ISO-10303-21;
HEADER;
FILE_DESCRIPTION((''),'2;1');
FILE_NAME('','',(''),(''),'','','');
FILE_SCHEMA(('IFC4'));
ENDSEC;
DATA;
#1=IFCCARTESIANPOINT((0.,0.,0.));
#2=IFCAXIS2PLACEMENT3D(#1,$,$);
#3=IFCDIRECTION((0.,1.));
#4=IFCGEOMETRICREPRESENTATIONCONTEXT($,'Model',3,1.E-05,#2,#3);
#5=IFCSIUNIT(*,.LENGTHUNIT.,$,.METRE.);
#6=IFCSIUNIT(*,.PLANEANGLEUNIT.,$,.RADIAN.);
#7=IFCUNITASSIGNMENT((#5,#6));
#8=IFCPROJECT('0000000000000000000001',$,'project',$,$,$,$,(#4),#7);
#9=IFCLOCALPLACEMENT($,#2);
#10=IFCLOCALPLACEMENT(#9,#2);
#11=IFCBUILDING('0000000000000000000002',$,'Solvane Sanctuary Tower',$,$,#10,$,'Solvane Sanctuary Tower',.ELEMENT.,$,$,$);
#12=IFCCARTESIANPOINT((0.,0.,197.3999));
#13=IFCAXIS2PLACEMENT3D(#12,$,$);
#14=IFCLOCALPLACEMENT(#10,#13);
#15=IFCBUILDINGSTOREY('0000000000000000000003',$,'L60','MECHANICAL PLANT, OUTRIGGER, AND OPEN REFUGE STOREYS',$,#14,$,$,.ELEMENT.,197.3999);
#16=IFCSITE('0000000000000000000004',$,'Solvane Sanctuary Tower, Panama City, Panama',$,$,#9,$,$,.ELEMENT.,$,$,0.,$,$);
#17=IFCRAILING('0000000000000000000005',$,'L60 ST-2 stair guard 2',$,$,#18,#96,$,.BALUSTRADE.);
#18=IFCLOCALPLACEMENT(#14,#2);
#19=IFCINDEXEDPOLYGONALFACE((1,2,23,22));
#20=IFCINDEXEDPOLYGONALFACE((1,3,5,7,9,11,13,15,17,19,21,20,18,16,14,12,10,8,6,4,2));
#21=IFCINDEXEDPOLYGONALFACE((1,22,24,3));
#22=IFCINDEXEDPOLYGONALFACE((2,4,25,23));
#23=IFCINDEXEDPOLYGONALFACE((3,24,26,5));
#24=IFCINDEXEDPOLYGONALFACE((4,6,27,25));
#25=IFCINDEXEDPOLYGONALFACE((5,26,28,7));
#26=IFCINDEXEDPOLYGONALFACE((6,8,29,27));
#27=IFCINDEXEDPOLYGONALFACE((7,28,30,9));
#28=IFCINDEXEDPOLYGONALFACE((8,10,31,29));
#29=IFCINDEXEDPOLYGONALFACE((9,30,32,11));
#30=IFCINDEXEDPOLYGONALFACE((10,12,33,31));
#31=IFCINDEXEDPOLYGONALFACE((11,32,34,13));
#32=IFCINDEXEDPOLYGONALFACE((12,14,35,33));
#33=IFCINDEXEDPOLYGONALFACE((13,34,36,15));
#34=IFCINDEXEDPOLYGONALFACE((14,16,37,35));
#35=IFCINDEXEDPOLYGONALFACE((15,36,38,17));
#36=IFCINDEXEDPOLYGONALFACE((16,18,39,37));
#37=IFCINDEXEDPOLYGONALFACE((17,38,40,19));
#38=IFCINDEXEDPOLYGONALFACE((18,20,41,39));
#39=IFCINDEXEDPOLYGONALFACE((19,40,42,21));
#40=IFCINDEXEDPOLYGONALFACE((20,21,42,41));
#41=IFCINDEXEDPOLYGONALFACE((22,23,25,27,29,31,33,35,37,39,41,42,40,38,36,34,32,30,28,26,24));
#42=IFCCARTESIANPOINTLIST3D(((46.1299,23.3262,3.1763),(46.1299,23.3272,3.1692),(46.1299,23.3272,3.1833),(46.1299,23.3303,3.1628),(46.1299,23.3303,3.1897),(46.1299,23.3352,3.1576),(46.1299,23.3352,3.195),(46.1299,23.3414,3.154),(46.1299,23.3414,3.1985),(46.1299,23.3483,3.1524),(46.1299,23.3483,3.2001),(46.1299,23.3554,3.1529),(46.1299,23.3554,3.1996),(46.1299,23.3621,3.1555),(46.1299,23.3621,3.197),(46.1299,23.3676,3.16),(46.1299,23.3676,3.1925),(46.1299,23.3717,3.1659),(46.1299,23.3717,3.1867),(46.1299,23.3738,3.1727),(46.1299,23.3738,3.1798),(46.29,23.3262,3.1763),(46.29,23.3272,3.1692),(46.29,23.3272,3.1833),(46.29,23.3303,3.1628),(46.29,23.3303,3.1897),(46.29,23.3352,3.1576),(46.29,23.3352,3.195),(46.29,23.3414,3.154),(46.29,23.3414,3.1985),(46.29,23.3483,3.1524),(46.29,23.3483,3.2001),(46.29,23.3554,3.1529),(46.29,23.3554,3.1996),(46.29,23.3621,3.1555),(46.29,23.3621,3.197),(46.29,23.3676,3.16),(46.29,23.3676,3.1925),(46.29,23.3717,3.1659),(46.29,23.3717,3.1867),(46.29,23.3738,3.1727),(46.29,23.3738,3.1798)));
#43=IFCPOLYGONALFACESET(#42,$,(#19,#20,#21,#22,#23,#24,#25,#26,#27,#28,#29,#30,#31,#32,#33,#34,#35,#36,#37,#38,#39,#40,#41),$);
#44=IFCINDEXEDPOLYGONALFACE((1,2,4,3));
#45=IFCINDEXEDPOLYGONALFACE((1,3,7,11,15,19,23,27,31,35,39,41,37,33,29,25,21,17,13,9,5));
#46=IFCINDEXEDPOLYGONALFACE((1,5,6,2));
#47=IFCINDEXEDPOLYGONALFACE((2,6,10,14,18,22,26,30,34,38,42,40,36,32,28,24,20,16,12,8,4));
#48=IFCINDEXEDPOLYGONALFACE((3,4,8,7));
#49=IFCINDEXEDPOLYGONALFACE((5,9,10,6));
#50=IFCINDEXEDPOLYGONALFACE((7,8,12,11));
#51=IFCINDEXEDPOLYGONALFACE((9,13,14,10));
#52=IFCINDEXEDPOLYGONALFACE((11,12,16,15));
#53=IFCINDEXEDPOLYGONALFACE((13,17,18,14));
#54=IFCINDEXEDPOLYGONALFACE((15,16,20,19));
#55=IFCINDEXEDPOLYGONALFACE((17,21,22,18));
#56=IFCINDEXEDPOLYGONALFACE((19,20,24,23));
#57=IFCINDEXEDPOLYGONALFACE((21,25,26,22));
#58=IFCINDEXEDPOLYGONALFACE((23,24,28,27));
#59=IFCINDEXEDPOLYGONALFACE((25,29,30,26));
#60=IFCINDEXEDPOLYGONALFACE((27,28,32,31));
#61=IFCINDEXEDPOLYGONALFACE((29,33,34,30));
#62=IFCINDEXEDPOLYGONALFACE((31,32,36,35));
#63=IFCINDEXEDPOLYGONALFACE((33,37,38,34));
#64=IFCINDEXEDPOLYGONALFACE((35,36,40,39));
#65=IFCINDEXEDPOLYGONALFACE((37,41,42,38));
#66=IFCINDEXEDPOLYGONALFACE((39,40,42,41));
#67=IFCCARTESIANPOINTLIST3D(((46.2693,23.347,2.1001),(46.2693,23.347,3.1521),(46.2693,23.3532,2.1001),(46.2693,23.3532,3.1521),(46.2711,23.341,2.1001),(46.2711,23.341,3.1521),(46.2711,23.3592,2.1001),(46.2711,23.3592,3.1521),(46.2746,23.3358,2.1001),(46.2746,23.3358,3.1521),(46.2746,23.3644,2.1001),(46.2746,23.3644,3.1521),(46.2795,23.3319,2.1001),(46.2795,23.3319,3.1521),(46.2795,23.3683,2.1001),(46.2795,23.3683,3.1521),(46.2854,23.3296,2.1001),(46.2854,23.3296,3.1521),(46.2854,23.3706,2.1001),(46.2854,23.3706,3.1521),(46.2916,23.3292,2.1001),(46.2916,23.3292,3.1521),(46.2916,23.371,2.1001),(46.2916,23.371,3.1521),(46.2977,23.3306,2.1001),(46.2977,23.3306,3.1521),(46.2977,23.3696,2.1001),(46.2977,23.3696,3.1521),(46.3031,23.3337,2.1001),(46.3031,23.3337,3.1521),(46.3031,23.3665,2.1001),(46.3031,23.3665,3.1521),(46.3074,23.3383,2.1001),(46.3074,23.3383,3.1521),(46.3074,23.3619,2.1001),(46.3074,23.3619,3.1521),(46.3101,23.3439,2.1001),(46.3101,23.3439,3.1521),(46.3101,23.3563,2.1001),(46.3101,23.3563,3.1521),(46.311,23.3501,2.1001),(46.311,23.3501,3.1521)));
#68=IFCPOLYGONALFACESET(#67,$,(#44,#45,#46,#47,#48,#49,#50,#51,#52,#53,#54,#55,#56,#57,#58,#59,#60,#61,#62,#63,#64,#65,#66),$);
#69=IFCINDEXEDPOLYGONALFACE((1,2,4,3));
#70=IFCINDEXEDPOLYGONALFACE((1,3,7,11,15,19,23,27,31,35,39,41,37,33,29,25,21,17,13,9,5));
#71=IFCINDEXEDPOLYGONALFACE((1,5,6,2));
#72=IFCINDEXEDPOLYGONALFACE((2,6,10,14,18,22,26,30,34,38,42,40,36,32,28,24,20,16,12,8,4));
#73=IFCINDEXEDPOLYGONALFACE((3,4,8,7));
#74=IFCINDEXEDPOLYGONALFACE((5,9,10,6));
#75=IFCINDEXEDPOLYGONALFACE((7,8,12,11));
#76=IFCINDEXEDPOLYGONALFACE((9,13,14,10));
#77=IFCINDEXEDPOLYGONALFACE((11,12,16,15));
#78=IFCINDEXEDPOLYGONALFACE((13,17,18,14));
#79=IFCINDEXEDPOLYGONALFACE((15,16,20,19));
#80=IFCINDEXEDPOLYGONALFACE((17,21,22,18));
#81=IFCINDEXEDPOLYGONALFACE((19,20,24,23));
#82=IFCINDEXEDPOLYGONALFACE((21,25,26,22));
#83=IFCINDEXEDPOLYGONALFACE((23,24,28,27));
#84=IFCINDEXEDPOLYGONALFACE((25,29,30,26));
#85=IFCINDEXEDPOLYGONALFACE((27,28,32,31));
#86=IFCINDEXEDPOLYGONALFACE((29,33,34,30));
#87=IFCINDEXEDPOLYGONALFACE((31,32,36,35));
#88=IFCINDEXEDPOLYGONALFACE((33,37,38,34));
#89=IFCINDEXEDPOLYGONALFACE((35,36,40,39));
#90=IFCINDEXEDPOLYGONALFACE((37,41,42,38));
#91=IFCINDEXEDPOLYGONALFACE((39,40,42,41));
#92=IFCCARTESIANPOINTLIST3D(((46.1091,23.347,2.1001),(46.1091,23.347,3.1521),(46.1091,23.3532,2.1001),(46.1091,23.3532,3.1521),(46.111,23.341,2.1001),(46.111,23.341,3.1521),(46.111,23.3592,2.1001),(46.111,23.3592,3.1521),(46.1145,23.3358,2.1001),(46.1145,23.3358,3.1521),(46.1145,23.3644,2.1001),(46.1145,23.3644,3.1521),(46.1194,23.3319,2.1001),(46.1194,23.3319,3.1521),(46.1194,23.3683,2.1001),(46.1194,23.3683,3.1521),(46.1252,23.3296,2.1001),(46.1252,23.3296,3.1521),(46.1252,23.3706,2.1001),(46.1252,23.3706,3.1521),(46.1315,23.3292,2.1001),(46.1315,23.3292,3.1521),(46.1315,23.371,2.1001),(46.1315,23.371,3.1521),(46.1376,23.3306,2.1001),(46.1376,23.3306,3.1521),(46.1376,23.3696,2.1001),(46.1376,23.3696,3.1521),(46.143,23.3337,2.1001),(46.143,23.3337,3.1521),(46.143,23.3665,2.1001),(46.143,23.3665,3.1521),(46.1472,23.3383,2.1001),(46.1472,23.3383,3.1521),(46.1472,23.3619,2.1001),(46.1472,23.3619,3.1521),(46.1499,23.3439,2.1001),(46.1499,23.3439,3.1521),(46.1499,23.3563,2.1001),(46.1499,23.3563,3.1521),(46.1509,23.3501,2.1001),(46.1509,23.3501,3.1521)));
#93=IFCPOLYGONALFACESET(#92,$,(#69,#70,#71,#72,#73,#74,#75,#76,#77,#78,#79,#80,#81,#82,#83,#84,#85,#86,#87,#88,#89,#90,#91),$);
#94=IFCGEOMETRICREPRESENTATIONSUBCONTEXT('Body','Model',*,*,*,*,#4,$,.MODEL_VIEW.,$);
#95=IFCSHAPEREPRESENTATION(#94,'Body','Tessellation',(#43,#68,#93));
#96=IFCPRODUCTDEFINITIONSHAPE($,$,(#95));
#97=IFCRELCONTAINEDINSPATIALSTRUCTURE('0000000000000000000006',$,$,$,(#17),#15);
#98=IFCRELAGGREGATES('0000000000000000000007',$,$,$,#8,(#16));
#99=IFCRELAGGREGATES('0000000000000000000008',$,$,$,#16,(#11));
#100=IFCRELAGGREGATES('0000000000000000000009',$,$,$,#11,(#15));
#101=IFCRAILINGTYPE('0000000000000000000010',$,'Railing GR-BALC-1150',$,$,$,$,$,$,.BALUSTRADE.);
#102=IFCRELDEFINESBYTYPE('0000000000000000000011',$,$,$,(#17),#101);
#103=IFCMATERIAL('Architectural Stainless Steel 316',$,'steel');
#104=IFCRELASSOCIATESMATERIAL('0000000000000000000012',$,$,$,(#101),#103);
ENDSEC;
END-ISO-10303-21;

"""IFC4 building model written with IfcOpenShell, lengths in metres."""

from ifc_helpers import new_model, si_unit, direction, frame, origin, origin_2d, place, context, subcontext, project, spatial, circle, extrude, material, type_object, element, save


model = new_model("IFC4")

# Units and contexts
model_context = context("Model", 3, precision=1e-05, world=origin(), true_north=direction((0.0, 1.0)))
body_context = subcontext(model_context, "Body", "Model", "MODEL_VIEW")
ifc_project = project(units=[si_unit("LENGTHUNIT", "METRE"), si_unit("PLANEANGLEUNIT", "RADIAN")], contexts=[model_context])

# Site, building, storey
site_placement = place(None, origin())
site = spatial("IfcSite", under=ifc_project, at=site_placement, Name="Solvane Sanctuary Tower, Panama City, Panama", CompositionType="ELEMENT", RefElevation=0.0)
building_placement = place(site_placement, origin())
building = spatial("IfcBuilding", under=site, at=building_placement, Name="Solvane Sanctuary Tower", LongName="Solvane Sanctuary Tower", CompositionType="ELEMENT")
storey_placement = place(building_placement, frame((0.0, 0.0, 197.3999)))
storey = spatial("IfcBuildingStorey", under=building, at=storey_placement, Name="L60", Description="MECHANICAL PLANT, OUTRIGGER, AND OPEN REFUGE STOREYS", CompositionType="ELEMENT", Elevation=197.3999)

# Shared definitions
ifc_material_1 = material(Name="Architectural Stainless Steel 316", Category="steel")

# Railing
railing_type_1 = type_object("IfcRailingType", Name="Railing GR-BALC-1150", PredefinedType="BALUSTRADE", material=ifc_material_1)
railing_1_placement = place(storey_placement, frame((46.29, 23.3501, 2.1001)))
element("IfcRailing", 1, at=railing_1_placement, inside=storey, type_object=railing_type_1, Name="L60 ST-2 stair guard 2", PredefinedType="BALUSTRADE", context=body_context, shape_type="SweptSolid", body=[
    extrude(circle(Radius=0.0239, at=origin_2d()), frame((0.0, 0.0, 1.0762), z_axis=(-1.0, 0.0, 0.0), x_axis=(0.0, -1.0, 0.0)), (0.0, 0.0, 1.0), 0.1602),
    extrude(circle(Radius=0.021, at=origin_2d()), origin(), (0.0, 0.0, 1.0), 1.052),
    extrude(circle(Radius=0.021, at=origin_2d()), frame((-0.1602, 0.0, 0.0)), (0.0, 0.0, 1.0), 1.052),
])

save(model, "model.ifc")
